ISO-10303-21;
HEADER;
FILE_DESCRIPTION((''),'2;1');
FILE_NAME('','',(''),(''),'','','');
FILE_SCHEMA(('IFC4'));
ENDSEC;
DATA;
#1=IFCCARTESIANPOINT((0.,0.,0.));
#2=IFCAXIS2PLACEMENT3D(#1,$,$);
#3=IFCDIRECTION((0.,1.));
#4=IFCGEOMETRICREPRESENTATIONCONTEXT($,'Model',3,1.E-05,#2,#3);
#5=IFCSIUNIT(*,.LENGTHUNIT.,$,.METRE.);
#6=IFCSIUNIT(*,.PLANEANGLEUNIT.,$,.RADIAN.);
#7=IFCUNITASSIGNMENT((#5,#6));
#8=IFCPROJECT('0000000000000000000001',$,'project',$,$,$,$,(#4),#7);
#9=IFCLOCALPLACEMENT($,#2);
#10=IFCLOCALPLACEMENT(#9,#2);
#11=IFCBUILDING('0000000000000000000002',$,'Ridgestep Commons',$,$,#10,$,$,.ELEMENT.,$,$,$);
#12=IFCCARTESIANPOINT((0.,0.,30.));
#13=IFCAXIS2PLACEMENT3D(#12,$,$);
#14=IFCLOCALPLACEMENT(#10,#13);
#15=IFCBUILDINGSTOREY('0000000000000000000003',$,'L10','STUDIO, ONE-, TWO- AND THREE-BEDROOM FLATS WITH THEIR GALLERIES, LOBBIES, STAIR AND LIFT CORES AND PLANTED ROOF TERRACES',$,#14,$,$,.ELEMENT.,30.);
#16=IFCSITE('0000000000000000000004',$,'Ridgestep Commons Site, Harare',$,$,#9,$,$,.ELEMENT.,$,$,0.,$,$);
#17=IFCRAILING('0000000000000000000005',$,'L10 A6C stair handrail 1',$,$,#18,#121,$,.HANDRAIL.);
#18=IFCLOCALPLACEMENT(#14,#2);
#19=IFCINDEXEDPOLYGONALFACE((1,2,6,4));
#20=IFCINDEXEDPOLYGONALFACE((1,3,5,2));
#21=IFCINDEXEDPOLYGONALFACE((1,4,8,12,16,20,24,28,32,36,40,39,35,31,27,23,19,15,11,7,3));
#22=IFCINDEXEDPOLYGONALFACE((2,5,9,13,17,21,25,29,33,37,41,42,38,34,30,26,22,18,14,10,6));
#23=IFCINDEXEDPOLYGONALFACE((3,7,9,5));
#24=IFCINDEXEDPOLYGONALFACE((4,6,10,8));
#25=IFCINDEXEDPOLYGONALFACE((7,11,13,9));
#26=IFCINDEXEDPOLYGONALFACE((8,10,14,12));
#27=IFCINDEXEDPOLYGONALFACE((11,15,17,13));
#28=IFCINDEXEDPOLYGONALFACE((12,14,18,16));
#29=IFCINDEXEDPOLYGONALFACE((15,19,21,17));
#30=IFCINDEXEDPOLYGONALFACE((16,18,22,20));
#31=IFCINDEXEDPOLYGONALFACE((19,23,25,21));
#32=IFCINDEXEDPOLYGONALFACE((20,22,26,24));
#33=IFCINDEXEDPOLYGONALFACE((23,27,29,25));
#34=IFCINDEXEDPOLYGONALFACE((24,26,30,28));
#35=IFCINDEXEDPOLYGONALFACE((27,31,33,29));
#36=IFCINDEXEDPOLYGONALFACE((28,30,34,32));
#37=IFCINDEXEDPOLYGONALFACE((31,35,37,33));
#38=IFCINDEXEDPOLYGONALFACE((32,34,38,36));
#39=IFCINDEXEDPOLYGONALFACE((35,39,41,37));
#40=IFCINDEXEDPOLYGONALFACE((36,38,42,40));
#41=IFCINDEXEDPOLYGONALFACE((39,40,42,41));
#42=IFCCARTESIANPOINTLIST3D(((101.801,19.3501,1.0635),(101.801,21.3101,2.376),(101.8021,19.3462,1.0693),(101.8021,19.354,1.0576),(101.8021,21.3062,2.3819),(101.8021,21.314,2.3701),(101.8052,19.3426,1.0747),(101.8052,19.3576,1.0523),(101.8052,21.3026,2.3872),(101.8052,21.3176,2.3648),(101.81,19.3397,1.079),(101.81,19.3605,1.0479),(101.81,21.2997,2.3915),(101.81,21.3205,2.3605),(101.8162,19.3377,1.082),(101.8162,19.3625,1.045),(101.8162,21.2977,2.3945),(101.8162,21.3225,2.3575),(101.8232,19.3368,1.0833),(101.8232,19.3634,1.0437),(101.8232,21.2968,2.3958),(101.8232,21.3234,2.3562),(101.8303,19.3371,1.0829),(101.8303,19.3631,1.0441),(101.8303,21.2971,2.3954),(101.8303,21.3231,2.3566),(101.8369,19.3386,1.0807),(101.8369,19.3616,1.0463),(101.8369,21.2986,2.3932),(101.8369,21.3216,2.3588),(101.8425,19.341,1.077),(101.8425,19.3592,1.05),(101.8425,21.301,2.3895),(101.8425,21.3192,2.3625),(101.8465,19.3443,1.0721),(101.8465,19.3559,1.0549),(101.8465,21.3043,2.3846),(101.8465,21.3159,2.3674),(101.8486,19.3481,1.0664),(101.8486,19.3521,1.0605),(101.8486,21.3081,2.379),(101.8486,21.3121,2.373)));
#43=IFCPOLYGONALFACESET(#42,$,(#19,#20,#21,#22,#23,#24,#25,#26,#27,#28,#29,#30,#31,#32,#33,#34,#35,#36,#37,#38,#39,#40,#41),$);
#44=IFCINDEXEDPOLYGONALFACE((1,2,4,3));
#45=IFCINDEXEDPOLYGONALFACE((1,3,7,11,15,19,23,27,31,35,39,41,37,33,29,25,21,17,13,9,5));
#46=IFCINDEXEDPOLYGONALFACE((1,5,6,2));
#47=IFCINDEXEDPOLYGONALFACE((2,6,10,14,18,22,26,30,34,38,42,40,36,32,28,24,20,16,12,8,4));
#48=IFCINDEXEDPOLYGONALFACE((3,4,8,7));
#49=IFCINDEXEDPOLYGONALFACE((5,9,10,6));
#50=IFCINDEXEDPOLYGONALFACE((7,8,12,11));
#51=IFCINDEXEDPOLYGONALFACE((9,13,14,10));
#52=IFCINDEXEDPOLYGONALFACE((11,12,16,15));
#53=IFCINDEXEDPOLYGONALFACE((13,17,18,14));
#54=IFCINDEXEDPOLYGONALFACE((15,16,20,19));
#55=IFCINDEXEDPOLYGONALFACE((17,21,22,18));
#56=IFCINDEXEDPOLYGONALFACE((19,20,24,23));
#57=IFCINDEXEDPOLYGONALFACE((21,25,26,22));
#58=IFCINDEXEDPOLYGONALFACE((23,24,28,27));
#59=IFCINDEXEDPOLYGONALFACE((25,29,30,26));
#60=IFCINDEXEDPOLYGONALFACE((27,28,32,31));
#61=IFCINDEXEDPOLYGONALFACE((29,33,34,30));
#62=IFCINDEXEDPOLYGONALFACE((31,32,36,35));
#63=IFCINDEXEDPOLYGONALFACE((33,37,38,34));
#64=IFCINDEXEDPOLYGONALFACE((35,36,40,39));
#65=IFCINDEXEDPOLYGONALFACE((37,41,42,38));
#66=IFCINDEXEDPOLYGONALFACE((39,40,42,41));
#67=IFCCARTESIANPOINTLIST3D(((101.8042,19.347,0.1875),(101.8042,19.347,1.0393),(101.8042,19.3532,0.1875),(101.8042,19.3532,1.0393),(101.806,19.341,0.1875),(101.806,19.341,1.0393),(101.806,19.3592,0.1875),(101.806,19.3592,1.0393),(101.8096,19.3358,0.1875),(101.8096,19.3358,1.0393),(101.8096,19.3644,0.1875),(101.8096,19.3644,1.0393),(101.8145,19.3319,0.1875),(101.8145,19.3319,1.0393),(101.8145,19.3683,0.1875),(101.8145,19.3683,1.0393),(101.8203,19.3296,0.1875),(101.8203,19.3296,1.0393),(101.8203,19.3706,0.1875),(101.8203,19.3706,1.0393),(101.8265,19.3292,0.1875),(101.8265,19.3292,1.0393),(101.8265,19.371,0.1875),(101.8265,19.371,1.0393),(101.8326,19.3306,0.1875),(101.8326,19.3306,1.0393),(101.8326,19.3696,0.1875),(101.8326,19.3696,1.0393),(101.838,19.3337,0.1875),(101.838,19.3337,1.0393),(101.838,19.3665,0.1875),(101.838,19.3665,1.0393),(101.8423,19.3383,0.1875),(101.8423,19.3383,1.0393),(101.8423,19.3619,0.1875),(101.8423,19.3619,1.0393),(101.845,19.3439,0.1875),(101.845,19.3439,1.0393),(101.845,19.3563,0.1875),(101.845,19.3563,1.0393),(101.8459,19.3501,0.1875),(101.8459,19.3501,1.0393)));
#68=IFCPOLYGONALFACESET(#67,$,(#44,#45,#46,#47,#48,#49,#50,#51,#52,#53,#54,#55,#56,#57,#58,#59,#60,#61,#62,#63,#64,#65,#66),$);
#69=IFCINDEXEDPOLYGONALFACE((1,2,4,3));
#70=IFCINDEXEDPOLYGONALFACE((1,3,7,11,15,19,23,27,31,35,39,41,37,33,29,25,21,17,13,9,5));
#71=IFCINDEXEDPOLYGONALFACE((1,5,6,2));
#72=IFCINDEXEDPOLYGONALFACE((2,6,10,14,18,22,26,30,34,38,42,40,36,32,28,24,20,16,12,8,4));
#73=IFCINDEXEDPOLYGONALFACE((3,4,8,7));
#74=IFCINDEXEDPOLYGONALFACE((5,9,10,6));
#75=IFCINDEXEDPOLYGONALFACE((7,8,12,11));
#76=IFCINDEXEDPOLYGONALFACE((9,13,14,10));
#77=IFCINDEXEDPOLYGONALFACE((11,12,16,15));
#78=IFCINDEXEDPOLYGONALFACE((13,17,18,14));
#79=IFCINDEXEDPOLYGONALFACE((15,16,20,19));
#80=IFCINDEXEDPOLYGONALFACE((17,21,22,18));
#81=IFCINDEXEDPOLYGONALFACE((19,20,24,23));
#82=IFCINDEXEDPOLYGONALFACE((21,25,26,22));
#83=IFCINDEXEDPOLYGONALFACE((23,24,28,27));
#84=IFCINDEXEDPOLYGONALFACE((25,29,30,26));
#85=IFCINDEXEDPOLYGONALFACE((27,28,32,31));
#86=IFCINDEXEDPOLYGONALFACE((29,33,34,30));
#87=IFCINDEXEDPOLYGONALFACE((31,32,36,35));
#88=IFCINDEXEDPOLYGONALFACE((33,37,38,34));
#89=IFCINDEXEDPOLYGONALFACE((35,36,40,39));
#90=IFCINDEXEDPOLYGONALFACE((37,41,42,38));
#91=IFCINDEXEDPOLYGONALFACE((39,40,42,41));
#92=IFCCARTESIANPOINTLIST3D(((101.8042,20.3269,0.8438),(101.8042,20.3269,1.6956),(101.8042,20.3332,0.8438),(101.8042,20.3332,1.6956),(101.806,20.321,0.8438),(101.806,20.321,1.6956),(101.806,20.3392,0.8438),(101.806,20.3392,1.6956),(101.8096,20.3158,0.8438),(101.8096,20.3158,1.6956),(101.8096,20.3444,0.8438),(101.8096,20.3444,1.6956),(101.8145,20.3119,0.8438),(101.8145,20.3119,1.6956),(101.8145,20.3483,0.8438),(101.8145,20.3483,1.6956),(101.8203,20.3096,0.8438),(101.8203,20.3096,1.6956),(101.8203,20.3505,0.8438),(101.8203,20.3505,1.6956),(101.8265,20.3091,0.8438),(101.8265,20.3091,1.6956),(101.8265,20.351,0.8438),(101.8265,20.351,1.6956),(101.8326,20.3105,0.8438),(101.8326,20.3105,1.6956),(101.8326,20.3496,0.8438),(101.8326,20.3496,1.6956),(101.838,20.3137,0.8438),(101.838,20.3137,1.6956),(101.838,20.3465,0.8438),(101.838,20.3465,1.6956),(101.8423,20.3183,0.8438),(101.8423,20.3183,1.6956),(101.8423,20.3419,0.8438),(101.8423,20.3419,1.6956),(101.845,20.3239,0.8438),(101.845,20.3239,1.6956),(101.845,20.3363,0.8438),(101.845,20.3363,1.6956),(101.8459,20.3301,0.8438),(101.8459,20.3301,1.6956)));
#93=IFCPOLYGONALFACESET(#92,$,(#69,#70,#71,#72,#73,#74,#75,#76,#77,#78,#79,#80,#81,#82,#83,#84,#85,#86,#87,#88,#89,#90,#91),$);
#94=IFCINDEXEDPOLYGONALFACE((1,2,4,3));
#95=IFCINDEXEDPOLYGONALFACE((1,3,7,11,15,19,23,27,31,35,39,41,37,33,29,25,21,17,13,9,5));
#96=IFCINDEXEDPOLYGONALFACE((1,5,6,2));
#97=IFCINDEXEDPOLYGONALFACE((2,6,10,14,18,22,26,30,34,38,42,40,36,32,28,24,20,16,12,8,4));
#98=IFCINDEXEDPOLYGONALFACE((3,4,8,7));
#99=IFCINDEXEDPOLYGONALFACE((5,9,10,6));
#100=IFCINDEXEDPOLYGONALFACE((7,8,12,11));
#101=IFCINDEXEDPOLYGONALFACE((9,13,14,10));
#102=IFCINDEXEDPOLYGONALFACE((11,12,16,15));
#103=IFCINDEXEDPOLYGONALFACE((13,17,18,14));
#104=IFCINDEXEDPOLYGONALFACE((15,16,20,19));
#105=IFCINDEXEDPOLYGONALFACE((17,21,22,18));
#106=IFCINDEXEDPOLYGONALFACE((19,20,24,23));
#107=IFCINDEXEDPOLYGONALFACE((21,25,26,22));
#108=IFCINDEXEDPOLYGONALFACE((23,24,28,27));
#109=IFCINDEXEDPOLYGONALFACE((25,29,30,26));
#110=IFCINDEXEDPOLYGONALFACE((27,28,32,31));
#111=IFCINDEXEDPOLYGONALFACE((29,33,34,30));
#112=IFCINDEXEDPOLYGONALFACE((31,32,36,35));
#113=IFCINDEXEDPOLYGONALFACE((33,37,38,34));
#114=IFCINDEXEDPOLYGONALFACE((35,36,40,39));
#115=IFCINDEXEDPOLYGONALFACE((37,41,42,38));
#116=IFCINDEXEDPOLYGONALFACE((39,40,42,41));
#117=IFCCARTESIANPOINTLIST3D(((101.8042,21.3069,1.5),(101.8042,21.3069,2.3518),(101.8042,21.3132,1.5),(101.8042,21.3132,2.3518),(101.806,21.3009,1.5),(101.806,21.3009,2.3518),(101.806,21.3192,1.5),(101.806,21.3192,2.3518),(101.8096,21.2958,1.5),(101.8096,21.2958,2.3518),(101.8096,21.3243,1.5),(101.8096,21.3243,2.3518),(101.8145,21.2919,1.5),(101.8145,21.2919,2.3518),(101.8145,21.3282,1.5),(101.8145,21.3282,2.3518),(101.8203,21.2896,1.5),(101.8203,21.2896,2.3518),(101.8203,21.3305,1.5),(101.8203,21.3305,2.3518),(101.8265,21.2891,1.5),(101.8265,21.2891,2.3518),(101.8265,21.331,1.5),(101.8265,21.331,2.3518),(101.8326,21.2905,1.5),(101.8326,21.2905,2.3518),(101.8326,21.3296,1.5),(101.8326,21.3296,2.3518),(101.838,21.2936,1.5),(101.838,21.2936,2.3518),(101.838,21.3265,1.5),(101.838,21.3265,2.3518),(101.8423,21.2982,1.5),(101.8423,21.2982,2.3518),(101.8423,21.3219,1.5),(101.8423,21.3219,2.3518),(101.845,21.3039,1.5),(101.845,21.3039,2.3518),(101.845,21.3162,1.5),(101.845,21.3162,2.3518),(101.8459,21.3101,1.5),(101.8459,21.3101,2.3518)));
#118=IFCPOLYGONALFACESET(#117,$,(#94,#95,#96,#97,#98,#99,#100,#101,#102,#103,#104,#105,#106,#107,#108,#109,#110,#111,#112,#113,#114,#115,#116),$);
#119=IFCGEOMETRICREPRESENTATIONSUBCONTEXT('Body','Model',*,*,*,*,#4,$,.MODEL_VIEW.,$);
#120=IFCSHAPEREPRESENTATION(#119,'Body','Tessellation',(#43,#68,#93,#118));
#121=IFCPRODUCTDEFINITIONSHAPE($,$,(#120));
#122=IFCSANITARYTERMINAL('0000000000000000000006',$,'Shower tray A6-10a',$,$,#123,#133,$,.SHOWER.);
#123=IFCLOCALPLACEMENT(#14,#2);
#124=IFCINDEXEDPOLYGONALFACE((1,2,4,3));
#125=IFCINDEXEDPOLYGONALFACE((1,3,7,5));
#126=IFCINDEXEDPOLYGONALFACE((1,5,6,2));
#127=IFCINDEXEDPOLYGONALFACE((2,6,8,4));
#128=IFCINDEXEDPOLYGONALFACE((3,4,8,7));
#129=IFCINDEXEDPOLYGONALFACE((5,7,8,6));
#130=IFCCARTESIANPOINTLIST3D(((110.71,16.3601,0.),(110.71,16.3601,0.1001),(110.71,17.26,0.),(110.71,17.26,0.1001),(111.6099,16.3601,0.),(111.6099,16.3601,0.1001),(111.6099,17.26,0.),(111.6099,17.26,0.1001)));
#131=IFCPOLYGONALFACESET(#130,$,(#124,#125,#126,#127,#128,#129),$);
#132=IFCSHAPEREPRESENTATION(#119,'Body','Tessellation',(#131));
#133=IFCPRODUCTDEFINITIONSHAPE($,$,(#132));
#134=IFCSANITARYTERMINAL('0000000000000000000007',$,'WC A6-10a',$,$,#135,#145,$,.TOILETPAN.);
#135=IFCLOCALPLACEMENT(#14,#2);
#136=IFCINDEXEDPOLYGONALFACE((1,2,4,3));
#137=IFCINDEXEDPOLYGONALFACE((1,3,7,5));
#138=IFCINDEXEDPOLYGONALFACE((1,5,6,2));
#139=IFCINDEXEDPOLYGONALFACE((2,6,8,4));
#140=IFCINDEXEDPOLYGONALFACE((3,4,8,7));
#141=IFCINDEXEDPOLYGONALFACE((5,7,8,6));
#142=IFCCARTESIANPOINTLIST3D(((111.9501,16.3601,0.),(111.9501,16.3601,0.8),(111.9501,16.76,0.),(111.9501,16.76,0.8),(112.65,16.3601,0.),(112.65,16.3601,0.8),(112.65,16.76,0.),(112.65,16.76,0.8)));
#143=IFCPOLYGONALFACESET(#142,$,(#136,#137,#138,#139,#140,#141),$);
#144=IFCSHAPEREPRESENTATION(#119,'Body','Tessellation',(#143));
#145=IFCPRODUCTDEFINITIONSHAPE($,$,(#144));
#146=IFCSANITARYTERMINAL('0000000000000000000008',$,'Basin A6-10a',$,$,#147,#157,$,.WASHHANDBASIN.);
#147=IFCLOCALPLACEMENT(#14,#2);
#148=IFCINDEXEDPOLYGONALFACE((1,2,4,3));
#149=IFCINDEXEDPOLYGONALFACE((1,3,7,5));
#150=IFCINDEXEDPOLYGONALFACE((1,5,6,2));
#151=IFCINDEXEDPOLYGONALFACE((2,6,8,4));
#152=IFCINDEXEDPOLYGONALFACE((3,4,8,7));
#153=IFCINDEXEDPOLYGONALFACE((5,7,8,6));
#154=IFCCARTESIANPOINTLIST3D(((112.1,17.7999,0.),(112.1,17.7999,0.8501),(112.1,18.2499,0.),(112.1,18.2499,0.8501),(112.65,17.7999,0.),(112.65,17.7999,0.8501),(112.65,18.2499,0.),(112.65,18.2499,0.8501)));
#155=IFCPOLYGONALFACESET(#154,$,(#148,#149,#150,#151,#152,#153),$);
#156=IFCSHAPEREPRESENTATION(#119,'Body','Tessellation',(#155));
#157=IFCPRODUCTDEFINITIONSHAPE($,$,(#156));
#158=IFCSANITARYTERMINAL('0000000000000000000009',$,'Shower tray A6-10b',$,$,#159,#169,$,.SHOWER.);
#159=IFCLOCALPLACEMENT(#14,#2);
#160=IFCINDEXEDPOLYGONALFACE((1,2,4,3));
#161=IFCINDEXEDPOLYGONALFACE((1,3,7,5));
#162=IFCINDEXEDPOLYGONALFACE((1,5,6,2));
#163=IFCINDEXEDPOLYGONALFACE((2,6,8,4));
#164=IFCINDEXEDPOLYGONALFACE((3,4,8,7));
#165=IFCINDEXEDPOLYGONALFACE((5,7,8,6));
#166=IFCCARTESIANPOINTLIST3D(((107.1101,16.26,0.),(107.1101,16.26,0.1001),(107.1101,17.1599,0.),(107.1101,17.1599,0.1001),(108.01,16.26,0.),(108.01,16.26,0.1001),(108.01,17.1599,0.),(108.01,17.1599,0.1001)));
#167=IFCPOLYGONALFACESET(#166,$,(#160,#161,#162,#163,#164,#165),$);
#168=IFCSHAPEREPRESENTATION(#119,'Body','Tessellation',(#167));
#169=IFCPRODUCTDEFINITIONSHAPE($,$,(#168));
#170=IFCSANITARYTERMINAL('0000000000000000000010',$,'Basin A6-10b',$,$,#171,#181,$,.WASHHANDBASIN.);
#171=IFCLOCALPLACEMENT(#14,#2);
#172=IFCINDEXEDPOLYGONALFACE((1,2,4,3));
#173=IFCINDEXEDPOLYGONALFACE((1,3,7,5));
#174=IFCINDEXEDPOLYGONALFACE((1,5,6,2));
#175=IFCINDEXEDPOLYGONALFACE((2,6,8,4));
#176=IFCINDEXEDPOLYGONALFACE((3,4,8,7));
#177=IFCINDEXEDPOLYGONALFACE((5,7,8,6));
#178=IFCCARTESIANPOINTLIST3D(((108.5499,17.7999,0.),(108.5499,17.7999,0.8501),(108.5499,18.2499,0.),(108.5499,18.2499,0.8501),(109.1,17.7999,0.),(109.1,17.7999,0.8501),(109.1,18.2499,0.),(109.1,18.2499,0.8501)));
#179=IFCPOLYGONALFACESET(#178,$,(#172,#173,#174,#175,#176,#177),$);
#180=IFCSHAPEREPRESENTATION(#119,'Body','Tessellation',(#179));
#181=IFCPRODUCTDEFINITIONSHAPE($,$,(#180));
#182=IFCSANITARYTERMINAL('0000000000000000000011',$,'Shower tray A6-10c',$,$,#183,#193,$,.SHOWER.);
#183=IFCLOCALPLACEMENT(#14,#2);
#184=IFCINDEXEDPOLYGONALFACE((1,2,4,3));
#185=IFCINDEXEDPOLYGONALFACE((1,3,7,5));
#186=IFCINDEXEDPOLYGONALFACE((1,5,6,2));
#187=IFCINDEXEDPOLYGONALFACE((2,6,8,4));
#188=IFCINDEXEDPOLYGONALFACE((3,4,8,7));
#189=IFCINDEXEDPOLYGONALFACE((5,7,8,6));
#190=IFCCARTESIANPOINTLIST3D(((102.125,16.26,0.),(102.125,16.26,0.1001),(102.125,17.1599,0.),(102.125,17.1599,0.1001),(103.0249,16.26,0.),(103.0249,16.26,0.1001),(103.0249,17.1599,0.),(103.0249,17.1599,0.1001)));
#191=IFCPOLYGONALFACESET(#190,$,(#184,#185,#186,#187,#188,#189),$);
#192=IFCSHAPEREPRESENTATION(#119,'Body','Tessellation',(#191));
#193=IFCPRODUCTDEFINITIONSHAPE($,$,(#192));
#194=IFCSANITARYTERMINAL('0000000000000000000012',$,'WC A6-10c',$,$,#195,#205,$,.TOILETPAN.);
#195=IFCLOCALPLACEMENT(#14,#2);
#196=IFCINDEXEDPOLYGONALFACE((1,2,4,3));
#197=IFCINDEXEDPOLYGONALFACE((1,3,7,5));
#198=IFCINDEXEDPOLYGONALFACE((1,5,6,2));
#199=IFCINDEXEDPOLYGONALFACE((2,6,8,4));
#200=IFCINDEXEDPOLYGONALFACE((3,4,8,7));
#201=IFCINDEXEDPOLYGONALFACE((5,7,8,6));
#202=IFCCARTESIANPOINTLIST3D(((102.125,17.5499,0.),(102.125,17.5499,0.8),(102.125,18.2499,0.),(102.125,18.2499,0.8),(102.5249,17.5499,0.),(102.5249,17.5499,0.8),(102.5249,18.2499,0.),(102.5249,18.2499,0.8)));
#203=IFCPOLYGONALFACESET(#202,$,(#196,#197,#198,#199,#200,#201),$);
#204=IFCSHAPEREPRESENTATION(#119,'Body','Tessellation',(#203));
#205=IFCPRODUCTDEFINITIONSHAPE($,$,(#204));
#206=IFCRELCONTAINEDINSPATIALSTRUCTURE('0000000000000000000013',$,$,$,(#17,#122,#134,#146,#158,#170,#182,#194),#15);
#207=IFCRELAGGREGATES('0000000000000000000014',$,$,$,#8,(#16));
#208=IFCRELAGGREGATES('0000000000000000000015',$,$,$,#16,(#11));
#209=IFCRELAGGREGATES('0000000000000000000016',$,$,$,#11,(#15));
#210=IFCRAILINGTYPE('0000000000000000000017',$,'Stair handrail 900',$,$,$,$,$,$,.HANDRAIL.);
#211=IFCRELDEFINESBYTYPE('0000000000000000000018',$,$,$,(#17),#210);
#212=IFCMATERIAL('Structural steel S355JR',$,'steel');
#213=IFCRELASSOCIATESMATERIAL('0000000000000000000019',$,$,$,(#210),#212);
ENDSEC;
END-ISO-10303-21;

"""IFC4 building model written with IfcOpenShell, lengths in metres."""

from ifc_helpers import new_model, si_unit, direction, frame, origin, origin_2d, place, context, subcontext, project, spatial, rectangle, circle, extrude, material, type_object, element, save


model = new_model("IFC4")

# Units and contexts
model_context = context("Model", 3, precision=1e-05, world=origin(), true_north=direction((0.0, 1.0)))
body_context = subcontext(model_context, "Body", "Model", "MODEL_VIEW")
ifc_project = project(units=[si_unit("LENGTHUNIT", "METRE"), si_unit("PLANEANGLEUNIT", "RADIAN")], contexts=[model_context])

# Site, building, storey
site_placement = place(None, origin())
site = spatial("IfcSite", under=ifc_project, at=site_placement, Name="Ridgestep Commons Site, Harare", CompositionType="ELEMENT", RefElevation=0.0)
building_placement = place(site_placement, origin())
building = spatial("IfcBuilding", under=site, at=building_placement, Name="Ridgestep Commons", CompositionType="ELEMENT")
storey_placement = place(building_placement, frame((0.0, 0.0, 30.0)))
storey = spatial("IfcBuildingStorey", under=building, at=storey_placement, Name="L10", Description="STUDIO, ONE-, TWO- AND THREE-BEDROOM FLATS WITH THEIR GALLERIES, LOBBIES, STAIR AND LIFT CORES AND PLANTED ROOF TERRACES", CompositionType="ELEMENT", Elevation=30.0)

# Railing
ifc_material_1 = material(Name="Structural steel S355JR", Category="steel")
railing_type_1 = type_object("IfcRailingType", Name="Stair handrail 900", PredefinedType="HANDRAIL", material=ifc_material_1)
railing_1_placement = place(storey_placement, frame((101.825, 19.3501, 0.1875)))
element("IfcRailing", 1, at=railing_1_placement, inside=storey, type_object=railing_type_1, Name="L10 A6C stair handrail 1", PredefinedType="HANDRAIL", context=body_context, shape_type="SweptSolid", body=[
    extrude(circle(Radius=0.0239, at=origin_2d()), frame((0.0, 0.0, 0.876), z_axis=(0.0, 0.830902, 0.556419), x_axis=(-1.0, 0.0, 0.0)), (0.0, 0.0, 1.0), 2.3589),
    extrude(circle(Radius=0.021, at=origin_2d()), origin(), (0.0, 0.0, 1.0), 0.8518),
    extrude(circle(Radius=0.021, at=origin_2d()), frame((0.0, 0.98, 0.6562)), (0.0, 0.0, 1.0), 0.8518),
    extrude(circle(Radius=0.021, at=origin_2d()), frame((0.0, 1.96, 1.3125)), (0.0, 0.0, 1.0), 0.8518),
])

# Sanitary terminals
sanitary_terminal_1_placement = place(storey_placement, frame((111.1599, 16.8101, 0.0), z_axis=(0.0, 0.0, 1.0), x_axis=(1.0, 0.0, 0.0)))
element("IfcSanitaryTerminal", 2, at=sanitary_terminal_1_placement, inside=storey, Name="Shower tray A6-10a", PredefinedType="SHOWER", context=body_context, shape_type="SweptSolid", body=[
    extrude(rectangle(XDim=0.8999, YDim=0.8999, at=origin_2d()), origin(), (0.0, 0.0, 1.0), 0.1001),
])
sanitary_terminal_2_placement = place(storey_placement, frame((112.3, 16.5601, 0.0), z_axis=(0.0, 0.0, 1.0), x_axis=(1.0, 0.0, 0.0)))
element("IfcSanitaryTerminal", 3, at=sanitary_terminal_2_placement, inside=storey, Name="WC A6-10a", PredefinedType="TOILETPAN", context=body_context, shape_type="SweptSolid", body=[
    extrude(rectangle(XDim=0.7, YDim=0.3999, at=origin_2d()), origin(), (0.0, 0.0, 1.0), 0.8),
])
sanitary_terminal_3_placement = place(storey_placement, frame((112.375, 18.0249, 0.0), z_axis=(0.0, 0.0, 1.0), x_axis=(1.0, 0.0, 0.0)))
element("IfcSanitaryTerminal", 4, at=sanitary_terminal_3_placement, inside=storey, Name="Basin A6-10a", PredefinedType="WASHHANDBASIN", context=body_context, shape_type="SweptSolid", body=[
    extrude(rectangle(XDim=0.55, YDim=0.45, at=origin_2d()), origin(), (0.0, 0.0, 1.0), 0.8501),
])
sanitary_terminal_4_placement = place(storey_placement, frame((107.5601, 16.71, 0.0), z_axis=(0.0, 0.0, 1.0), x_axis=(1.0, 0.0, 0.0)))
element("IfcSanitaryTerminal", 5, at=sanitary_terminal_4_placement, inside=storey, Name="Shower tray A6-10b", PredefinedType="SHOWER", context=body_context, shape_type="SweptSolid", body=[
    extrude(rectangle(XDim=0.8999, YDim=0.8999, at=origin_2d()), origin(), (0.0, 0.0, 1.0), 0.1001),
])
sanitary_terminal_5_placement = place(storey_placement, frame((108.825, 18.0249, 0.0), z_axis=(0.0, 0.0, 1.0), x_axis=(1.0, 0.0, 0.0)))
element("IfcSanitaryTerminal", 6, at=sanitary_terminal_5_placement, inside=storey, Name="Basin A6-10b", PredefinedType="WASHHANDBASIN", context=body_context, shape_type="SweptSolid", body=[
    extrude(rectangle(XDim=0.55, YDim=0.45, at=origin_2d()), origin(), (0.0, 0.0, 1.0), 0.8501),
])
sanitary_terminal_6_placement = place(storey_placement, frame((102.575, 16.71, 0.0), z_axis=(0.0, 0.0, 1.0), x_axis=(1.0, 0.0, 0.0)))
element("IfcSanitaryTerminal", 7, at=sanitary_terminal_6_placement, inside=storey, Name="Shower tray A6-10c", PredefinedType="SHOWER", context=body_context, shape_type="SweptSolid", body=[
    extrude(rectangle(XDim=0.8999, YDim=0.8999, at=origin_2d()), origin(), (0.0, 0.0, 1.0), 0.1001),
])
sanitary_terminal_7_placement = place(storey_placement, frame((102.325, 17.8999, 0.0), z_axis=(0.0, 0.0, 1.0), x_axis=(1.0, 0.0, 0.0)))
element("IfcSanitaryTerminal", 8, at=sanitary_terminal_7_placement, inside=storey, Name="WC A6-10c", PredefinedType="TOILETPAN", context=body_context, shape_type="SweptSolid", body=[
    extrude(rectangle(XDim=0.3999, YDim=0.7, at=origin_2d()), origin(), (0.0, 0.0, 1.0), 0.8),
])

save(model, "model.ifc")
